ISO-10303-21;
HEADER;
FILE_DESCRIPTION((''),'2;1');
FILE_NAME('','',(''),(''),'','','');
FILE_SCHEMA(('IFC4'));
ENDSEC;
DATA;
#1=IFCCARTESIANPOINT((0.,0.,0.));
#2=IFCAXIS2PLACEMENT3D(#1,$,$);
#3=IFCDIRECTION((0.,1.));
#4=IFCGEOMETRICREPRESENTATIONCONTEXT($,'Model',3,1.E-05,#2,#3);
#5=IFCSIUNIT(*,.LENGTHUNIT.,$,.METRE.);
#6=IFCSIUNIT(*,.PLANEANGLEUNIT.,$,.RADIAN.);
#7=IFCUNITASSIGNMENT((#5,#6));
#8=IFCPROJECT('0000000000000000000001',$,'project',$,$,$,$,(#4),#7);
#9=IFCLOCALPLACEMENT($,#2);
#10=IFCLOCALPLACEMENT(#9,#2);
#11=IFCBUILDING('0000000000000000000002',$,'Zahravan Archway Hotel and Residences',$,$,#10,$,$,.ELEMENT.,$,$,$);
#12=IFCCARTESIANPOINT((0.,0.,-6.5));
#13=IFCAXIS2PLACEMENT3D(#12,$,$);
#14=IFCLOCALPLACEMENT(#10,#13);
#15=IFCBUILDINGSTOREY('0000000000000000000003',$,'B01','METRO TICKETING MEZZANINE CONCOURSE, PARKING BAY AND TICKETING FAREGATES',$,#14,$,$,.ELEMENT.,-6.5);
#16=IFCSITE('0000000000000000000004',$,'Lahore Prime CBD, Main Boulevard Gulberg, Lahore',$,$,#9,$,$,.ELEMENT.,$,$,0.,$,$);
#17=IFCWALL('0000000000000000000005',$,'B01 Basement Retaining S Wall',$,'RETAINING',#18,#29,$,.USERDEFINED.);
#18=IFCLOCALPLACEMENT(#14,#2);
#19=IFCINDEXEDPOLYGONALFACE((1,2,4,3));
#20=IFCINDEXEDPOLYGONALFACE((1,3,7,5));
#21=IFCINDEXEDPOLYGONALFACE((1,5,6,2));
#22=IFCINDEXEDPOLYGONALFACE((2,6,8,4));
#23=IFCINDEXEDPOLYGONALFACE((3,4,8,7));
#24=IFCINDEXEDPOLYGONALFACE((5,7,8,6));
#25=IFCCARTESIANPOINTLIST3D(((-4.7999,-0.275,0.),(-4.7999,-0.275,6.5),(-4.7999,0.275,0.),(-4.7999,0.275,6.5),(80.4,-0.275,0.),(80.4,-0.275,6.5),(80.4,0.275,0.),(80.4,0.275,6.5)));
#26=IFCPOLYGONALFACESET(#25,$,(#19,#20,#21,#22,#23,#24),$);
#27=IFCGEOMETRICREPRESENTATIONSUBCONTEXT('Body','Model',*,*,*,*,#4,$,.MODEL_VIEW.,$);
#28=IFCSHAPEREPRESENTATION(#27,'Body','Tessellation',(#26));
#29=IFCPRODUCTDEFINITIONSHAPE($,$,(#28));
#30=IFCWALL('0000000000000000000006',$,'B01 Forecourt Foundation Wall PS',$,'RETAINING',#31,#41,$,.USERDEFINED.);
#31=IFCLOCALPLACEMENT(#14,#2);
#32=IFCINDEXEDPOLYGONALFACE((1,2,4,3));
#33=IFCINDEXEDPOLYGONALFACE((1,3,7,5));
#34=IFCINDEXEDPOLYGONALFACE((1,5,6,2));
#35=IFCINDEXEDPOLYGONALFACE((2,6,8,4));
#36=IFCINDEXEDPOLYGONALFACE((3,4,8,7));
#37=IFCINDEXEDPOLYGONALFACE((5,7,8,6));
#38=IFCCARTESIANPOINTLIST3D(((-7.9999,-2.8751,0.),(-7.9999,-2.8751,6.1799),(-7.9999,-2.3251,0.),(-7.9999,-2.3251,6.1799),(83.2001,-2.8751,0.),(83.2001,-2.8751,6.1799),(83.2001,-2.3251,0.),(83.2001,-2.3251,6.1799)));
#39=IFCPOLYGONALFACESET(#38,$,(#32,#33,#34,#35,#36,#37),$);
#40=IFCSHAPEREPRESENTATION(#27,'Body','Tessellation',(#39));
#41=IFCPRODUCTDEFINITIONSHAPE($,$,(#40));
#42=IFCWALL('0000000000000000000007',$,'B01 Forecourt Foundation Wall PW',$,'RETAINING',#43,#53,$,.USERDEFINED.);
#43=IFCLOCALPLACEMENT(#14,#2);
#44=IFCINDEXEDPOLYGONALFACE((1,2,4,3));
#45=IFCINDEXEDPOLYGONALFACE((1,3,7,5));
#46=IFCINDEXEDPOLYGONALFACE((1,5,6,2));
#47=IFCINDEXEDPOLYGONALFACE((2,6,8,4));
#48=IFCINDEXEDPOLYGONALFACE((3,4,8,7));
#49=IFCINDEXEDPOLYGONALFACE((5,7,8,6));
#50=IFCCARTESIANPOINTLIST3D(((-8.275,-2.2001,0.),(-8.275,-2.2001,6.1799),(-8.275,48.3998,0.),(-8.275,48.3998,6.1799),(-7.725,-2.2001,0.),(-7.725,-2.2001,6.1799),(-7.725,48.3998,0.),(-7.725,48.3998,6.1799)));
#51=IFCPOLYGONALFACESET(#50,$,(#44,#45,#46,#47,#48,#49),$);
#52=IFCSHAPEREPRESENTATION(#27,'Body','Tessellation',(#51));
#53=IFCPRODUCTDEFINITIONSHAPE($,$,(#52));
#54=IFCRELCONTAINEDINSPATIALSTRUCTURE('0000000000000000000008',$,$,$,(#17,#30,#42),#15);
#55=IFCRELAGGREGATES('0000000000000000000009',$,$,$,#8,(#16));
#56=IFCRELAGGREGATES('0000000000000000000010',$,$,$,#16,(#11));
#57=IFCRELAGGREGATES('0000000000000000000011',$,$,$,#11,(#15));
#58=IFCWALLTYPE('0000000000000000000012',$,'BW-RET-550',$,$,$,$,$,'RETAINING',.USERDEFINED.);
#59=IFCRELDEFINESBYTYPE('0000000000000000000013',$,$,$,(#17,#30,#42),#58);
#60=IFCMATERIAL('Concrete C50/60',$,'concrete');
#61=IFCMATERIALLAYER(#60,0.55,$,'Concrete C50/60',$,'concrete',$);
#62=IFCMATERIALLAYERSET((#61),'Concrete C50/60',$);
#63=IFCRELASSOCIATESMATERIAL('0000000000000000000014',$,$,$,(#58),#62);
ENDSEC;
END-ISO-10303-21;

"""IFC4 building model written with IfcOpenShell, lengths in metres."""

from ifc_helpers import new_model, si_unit, direction, frame, frame_2d, origin, place, context, subcontext, project, spatial, rectangle, extrude, material, layer, layer_set, type_object, element, save


model = new_model("IFC4")

# Units and contexts
model_context = context("Model", 3, precision=1e-05, world=origin(), true_north=direction((0.0, 1.0)))
body_context = subcontext(model_context, "Body", "Model", "MODEL_VIEW")
ifc_project = project(units=[si_unit("LENGTHUNIT", "METRE"), si_unit("PLANEANGLEUNIT", "RADIAN")], contexts=[model_context])

# Site, building, storey
site_placement = place(None, origin())
site = spatial("IfcSite", under=ifc_project, at=site_placement, Name="Lahore Prime CBD, Main Boulevard Gulberg, Lahore", CompositionType="ELEMENT", RefElevation=0.0)
building_placement = place(site_placement, origin())
building = spatial("IfcBuilding", under=site, at=building_placement, Name="Zahravan Archway Hotel and Residences", CompositionType="ELEMENT")
storey_placement = place(building_placement, frame((0.0, 0.0, -6.5)))
storey = spatial("IfcBuildingStorey", under=building, at=storey_placement, Name="B01", Description="METRO TICKETING MEZZANINE CONCOURSE, PARKING BAY AND TICKETING FAREGATES", CompositionType="ELEMENT", Elevation=-6.5)

# Shared definitions
ifc_material_1 = material(Name="Concrete C50/60", Category="concrete")

# Walls
ifc_layer_1 = layer(ifc_material_1, 0.55, Name="Concrete C50/60", Category="concrete")
ifc_layer_set_1 = layer_set([ifc_layer_1], Name="Concrete C50/60")
wall_type = type_object("IfcWallType", Name="BW-RET-550", ElementType="RETAINING", PredefinedType="USERDEFINED", material=ifc_layer_set_1)
wall_1_placement = place(storey_placement, frame((-4.8, 0.0, 0.0), z_axis=(0.0, 0.0, 1.0), x_axis=(1.0, 0.0, 0.0)))
element("IfcWall", 1, at=wall_1_placement, inside=storey, type_object=wall_type, Name="B01 Basement Retaining S Wall", ObjectType="RETAINING", PredefinedType="USERDEFINED", context=body_context, shape_type="SweptSolid", body=[
    extrude(rectangle(XDim=85.2, YDim=0.55, at=frame_2d((42.6001, 0.0))), origin(), (0.0, 0.0, 1.0), 6.5),
])
wall_2_placement = place(storey_placement, frame((-8.0, -2.6001, 0.0), z_axis=(0.0, 0.0, 1.0), x_axis=(1.0, 0.0, 0.0)))
element("IfcWall", 2, at=wall_2_placement, inside=storey, type_object=wall_type, Name="B01 Forecourt Foundation Wall PS", ObjectType="RETAINING", PredefinedType="USERDEFINED", context=body_context, shape_type="SweptSolid", body=[
    extrude(rectangle(XDim=91.2, YDim=0.55, at=frame_2d((45.6001, 0.0))), origin(), (0.0, 0.0, 1.0), 6.1799),
])
wall_3_placement = place(storey_placement, frame((-8.0, -2.2, 0.0), z_axis=(0.0, 0.0, 1.0), x_axis=(0.0, 1.0, 0.0)))
element("IfcWall", 3, at=wall_3_placement, inside=storey, type_object=wall_type, Name="B01 Forecourt Foundation Wall PW", ObjectType="RETAINING", PredefinedType="USERDEFINED", context=body_context, shape_type="SweptSolid", body=[
    extrude(rectangle(XDim=50.5999, YDim=0.55, at=frame_2d((25.2998, 0.0))), origin(), (0.0, 0.0, 1.0), 6.1799),
])

save(model, "model.ifc")
